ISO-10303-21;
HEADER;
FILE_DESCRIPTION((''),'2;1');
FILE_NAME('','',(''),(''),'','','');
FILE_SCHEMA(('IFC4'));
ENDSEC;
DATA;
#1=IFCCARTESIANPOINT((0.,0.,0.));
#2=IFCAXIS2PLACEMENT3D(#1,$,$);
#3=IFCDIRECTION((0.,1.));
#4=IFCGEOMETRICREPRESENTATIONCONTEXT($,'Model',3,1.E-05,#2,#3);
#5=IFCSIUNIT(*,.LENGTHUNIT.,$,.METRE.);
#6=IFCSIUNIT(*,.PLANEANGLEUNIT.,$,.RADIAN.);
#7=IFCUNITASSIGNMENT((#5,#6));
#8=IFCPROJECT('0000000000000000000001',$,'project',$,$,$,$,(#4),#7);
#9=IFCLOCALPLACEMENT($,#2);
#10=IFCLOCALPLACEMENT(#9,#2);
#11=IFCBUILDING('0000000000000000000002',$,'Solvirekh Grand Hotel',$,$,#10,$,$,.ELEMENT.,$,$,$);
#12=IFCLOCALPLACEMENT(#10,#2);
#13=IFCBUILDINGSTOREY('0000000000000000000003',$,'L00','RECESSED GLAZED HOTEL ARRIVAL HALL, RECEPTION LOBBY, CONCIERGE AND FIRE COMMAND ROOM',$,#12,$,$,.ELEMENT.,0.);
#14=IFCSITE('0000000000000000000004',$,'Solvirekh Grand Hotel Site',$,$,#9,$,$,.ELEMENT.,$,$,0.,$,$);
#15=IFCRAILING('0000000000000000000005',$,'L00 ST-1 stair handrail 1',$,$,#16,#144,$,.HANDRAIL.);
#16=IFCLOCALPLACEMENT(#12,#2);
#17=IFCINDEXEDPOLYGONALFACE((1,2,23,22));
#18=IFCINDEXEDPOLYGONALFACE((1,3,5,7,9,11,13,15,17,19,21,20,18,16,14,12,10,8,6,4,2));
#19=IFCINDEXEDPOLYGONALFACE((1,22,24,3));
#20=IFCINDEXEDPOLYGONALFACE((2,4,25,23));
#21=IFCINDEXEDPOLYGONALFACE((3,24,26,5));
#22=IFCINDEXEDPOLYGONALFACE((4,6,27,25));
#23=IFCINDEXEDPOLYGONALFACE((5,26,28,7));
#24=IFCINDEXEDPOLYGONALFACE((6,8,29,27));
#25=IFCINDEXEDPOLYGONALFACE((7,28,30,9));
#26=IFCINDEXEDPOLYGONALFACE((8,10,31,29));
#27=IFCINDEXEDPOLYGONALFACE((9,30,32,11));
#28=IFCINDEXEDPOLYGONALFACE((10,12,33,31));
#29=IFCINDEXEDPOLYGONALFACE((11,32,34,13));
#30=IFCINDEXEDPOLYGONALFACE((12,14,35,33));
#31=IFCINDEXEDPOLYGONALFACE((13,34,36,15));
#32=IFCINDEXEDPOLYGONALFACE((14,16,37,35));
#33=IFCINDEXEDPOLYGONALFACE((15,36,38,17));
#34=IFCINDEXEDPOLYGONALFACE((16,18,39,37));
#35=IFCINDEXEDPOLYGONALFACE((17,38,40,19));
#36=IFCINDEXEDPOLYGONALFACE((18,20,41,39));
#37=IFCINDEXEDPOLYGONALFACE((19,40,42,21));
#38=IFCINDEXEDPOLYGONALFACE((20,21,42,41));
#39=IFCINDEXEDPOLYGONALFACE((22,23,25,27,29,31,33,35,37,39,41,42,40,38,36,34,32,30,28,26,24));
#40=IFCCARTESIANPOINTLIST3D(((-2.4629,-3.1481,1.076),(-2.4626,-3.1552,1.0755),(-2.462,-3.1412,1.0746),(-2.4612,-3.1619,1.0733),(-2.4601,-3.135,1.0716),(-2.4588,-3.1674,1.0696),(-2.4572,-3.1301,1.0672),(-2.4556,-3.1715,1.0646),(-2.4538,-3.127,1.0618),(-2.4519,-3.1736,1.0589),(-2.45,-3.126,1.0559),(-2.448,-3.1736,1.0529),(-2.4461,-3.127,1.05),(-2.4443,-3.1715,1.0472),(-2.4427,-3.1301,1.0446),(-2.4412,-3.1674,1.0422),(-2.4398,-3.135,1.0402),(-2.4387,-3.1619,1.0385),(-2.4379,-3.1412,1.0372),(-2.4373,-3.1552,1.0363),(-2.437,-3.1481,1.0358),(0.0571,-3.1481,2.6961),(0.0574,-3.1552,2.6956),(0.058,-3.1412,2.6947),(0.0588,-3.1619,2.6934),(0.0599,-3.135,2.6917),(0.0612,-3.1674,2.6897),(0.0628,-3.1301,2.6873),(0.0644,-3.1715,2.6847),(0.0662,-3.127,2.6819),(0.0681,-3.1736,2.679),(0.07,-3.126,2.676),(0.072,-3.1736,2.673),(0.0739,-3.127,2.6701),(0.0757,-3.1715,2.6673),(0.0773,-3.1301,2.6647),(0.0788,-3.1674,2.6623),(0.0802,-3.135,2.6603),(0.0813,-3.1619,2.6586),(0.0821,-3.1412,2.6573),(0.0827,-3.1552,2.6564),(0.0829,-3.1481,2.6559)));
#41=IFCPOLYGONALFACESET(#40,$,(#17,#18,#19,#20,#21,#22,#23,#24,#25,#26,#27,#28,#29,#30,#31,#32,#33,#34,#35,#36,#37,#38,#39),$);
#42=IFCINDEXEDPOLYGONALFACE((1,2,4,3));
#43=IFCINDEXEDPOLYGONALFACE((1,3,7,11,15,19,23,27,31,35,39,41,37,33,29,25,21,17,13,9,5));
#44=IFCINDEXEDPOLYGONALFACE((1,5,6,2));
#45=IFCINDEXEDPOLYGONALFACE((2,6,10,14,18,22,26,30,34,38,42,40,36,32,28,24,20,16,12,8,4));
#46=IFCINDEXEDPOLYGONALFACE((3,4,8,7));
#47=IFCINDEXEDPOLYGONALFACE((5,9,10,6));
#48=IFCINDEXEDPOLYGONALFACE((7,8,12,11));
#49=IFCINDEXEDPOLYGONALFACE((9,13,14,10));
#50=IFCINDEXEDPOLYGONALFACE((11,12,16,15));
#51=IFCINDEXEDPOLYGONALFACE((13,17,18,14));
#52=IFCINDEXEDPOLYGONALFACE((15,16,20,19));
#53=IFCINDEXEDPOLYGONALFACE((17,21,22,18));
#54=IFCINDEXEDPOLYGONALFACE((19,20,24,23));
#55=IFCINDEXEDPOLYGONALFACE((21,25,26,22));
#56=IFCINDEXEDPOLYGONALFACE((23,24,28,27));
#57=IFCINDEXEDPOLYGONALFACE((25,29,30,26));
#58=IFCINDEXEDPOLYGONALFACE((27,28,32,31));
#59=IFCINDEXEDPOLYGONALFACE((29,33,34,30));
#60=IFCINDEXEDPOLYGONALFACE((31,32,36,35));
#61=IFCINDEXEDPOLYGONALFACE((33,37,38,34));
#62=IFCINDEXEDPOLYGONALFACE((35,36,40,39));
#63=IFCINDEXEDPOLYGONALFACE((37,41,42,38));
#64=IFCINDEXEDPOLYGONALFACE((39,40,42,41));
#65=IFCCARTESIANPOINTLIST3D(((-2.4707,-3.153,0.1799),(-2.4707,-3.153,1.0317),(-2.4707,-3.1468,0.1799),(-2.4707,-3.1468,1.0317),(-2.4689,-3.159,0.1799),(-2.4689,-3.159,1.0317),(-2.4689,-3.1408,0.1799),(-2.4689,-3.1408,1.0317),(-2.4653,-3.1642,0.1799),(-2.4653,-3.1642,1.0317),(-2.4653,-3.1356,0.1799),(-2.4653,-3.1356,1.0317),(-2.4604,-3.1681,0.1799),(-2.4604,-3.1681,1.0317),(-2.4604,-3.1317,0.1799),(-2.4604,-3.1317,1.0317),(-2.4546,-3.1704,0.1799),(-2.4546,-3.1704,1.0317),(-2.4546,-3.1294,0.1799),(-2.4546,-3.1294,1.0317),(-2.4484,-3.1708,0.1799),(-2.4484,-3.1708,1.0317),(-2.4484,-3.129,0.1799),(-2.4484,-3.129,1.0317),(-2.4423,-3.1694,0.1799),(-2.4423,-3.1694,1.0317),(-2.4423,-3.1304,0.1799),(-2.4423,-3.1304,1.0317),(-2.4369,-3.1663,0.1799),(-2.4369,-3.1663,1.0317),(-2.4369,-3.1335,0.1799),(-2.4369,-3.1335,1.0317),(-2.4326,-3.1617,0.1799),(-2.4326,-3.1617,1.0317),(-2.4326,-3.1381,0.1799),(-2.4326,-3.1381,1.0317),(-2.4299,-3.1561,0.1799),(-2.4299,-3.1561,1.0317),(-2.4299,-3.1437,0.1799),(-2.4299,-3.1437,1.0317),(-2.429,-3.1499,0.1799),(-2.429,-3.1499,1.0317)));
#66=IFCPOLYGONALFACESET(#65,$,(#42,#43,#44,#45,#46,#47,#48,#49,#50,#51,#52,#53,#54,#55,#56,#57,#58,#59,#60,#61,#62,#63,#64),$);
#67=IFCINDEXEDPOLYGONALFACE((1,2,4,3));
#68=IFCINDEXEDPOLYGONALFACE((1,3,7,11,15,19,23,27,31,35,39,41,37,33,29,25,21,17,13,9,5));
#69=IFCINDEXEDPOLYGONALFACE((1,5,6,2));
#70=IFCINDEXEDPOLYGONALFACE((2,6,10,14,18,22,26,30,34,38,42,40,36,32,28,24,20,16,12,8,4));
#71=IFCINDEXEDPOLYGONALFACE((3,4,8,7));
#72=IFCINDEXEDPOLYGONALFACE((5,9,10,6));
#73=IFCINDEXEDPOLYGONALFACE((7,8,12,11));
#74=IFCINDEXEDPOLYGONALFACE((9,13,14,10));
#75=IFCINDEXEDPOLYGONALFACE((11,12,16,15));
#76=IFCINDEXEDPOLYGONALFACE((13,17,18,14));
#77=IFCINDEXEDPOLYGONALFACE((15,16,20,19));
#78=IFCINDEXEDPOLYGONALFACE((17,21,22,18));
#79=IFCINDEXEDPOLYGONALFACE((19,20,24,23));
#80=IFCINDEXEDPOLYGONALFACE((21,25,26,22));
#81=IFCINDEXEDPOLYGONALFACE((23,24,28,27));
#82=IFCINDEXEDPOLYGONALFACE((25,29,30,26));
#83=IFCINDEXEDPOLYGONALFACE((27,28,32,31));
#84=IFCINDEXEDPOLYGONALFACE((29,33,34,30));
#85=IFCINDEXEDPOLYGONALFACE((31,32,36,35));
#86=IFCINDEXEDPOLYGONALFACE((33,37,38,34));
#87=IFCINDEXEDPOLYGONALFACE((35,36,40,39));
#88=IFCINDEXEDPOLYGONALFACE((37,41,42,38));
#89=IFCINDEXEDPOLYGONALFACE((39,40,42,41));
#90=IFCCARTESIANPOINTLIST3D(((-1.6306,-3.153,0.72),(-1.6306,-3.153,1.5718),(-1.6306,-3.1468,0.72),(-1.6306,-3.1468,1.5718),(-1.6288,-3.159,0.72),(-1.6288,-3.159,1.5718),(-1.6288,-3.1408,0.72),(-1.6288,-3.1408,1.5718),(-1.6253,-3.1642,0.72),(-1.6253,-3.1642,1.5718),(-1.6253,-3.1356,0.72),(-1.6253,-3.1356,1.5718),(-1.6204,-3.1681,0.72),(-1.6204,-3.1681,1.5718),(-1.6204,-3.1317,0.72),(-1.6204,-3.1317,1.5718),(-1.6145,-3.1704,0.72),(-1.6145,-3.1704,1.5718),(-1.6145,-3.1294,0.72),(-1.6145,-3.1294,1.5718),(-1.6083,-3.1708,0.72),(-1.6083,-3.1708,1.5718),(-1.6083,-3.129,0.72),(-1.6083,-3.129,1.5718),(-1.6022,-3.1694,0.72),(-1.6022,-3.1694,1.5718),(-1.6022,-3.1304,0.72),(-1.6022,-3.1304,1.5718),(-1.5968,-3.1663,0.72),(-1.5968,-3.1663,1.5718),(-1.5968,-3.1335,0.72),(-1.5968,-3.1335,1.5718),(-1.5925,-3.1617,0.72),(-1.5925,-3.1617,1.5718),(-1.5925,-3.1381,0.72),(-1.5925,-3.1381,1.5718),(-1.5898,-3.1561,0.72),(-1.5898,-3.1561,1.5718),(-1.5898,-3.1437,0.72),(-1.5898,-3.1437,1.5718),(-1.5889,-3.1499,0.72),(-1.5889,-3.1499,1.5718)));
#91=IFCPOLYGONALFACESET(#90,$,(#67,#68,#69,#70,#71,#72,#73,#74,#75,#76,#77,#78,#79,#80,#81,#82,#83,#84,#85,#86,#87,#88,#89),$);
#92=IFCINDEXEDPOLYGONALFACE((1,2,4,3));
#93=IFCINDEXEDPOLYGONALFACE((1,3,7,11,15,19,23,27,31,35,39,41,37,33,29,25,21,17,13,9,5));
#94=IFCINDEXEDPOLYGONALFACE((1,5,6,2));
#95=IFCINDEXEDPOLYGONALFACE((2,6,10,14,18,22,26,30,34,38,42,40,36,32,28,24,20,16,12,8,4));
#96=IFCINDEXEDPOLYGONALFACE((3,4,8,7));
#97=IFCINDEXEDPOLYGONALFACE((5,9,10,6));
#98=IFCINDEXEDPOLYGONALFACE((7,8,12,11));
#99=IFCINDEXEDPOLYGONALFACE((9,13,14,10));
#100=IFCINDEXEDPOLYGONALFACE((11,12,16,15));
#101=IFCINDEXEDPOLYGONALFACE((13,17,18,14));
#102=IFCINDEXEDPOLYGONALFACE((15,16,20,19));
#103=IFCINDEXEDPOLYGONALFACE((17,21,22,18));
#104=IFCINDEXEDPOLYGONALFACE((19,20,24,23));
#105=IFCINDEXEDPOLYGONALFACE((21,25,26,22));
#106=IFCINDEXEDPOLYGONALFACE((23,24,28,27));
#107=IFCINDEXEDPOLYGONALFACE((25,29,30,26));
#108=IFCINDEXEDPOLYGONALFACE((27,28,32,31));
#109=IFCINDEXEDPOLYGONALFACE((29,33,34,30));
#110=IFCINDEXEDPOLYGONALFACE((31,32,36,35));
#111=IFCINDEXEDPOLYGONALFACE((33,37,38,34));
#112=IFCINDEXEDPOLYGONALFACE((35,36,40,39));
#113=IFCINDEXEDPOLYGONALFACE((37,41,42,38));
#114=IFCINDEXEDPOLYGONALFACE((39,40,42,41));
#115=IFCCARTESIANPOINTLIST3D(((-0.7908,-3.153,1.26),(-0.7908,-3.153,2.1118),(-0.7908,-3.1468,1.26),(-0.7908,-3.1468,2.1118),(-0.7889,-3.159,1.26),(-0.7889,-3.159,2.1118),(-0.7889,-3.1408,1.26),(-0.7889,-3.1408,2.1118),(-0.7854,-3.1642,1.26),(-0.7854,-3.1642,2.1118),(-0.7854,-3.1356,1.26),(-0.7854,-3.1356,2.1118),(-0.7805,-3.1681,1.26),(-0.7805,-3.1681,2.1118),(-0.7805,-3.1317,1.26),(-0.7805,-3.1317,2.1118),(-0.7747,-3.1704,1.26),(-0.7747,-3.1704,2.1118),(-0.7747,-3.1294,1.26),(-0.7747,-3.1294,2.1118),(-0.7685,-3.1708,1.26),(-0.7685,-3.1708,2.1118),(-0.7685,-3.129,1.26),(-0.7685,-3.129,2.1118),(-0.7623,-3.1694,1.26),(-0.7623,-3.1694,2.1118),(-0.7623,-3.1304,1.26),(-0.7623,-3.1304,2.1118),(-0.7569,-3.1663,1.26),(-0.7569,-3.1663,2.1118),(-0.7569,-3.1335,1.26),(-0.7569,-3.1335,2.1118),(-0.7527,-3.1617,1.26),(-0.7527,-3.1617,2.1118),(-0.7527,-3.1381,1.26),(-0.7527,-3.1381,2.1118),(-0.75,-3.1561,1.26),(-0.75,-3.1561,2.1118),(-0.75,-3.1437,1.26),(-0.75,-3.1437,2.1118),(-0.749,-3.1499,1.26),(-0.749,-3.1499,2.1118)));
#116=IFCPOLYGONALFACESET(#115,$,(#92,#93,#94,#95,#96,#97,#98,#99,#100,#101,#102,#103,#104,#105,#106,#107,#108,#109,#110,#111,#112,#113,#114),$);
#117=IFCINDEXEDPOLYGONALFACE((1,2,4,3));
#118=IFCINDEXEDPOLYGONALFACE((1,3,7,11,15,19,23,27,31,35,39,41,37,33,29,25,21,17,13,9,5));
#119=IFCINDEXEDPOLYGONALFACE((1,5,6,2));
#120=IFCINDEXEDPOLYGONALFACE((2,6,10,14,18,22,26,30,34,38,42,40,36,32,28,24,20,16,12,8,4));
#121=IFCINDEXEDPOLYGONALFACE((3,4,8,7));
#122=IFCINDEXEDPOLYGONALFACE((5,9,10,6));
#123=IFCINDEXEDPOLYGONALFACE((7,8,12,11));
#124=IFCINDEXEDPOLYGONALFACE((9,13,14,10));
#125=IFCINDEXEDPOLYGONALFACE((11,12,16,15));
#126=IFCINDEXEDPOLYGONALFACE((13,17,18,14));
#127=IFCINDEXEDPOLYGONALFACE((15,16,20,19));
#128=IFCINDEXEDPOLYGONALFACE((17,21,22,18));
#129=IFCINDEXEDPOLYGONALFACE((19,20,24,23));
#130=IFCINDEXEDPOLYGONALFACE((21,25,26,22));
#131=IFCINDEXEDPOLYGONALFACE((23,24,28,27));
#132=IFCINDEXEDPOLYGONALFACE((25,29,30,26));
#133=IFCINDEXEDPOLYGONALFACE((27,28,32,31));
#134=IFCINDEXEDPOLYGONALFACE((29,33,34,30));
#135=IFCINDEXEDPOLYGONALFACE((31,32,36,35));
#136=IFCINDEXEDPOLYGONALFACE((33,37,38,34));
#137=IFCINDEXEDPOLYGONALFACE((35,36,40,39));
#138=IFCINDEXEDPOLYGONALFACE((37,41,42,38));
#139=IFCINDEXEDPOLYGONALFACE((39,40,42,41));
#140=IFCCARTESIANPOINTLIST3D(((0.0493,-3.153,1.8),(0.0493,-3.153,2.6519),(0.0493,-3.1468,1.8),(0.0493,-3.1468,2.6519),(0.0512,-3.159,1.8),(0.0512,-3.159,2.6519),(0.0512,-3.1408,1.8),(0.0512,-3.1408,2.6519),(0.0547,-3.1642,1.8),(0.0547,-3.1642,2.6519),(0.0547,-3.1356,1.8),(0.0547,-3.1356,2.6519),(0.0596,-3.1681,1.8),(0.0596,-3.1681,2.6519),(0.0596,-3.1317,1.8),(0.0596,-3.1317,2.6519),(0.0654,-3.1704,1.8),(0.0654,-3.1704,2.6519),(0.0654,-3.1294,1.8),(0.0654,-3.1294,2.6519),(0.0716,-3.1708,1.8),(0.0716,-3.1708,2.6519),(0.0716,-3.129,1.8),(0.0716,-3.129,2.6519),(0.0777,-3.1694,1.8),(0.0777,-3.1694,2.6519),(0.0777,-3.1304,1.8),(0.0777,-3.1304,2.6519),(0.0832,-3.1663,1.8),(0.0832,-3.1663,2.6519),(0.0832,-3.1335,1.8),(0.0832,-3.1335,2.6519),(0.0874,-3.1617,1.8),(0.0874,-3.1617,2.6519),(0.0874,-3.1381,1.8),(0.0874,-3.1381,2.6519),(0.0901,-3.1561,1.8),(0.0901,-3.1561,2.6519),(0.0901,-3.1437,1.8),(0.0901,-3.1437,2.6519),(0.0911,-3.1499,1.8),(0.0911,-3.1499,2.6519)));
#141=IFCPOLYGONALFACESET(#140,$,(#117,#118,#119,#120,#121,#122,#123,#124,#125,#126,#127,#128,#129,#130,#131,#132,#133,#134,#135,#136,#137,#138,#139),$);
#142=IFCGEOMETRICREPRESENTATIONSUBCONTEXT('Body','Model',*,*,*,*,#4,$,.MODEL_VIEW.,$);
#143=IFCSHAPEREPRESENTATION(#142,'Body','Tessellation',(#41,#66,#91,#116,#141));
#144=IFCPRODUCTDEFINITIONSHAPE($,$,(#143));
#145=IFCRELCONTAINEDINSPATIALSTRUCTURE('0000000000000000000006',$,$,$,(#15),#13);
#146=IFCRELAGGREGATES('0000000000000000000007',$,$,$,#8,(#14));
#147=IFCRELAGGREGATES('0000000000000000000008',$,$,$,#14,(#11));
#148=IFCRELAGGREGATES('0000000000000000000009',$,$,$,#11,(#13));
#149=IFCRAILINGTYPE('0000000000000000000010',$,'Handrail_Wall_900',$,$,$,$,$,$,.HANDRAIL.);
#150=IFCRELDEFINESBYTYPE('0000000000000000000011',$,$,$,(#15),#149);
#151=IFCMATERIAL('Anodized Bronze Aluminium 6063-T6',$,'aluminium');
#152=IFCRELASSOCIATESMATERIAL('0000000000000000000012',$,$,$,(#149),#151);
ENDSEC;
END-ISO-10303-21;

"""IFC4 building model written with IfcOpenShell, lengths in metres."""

from ifc_helpers import new_model, si_unit, direction, frame, origin, origin_2d, place, context, subcontext, project, spatial, circle, extrude, material, type_object, element, save


model = new_model("IFC4")

# Units and contexts
model_context = context("Model", 3, precision=1e-05, world=origin(), true_north=direction((0.0, 1.0)))
body_context = subcontext(model_context, "Body", "Model", "MODEL_VIEW")
ifc_project = project(units=[si_unit("LENGTHUNIT", "METRE"), si_unit("PLANEANGLEUNIT", "RADIAN")], contexts=[model_context])

# Site, building, storey
site_placement = place(None, origin())
site = spatial("IfcSite", under=ifc_project, at=site_placement, Name="Solvirekh Grand Hotel Site", CompositionType="ELEMENT", RefElevation=0.0)
building_placement = place(site_placement, origin())
building = spatial("IfcBuilding", under=site, at=building_placement, Name="Solvirekh Grand Hotel", CompositionType="ELEMENT")
storey_placement = place(building_placement, origin())
storey = spatial("IfcBuildingStorey", under=building, at=storey_placement, Name="L00", Description="RECESSED GLAZED HOTEL ARRIVAL HALL, RECEPTION LOBBY, CONCIERGE AND FIRE COMMAND ROOM", CompositionType="ELEMENT", Elevation=0.0)

# Railing
ifc_material_1 = material(Name="Anodized Bronze Aluminium 6063-T6", Category="aluminium")
railing_type_1 = type_object("IfcRailingType", Name="Handrail_Wall_900", PredefinedType="HANDRAIL", material=ifc_material_1)
railing_1_placement = place(storey_placement, frame((-2.45, -3.1499, 0.1799)))
element("IfcRailing", 1, at=railing_1_placement, inside=storey, type_object=railing_type_1, Name="L00 ST-1 stair handrail 1", PredefinedType="HANDRAIL", context=body_context, shape_type="SweptSolid", body=[
    extrude(circle(Radius=0.0239, at=origin_2d()), frame((0.0, 0.0, 0.876), z_axis=(0.841163, 0.0, 0.540782), x_axis=(0.0, 1.0, 0.0)), (0.0, 0.0, 1.0), 2.9958),
    extrude(circle(Radius=0.021, at=origin_2d()), origin(), (0.0, 0.0, 1.0), 0.8518),
    extrude(circle(Radius=0.021, at=origin_2d()), frame((0.8401, 0.0, 0.54)), (0.0, 0.0, 1.0), 0.8518),
    extrude(circle(Radius=0.021, at=origin_2d()), frame((1.6799, 0.0, 1.0801)), (0.0, 0.0, 1.0), 0.8518),
    extrude(circle(Radius=0.021, at=origin_2d()), frame((2.52, 0.0, 1.6201)), (0.0, 0.0, 1.0), 0.8518),
])

save(model, "model.ifc")
